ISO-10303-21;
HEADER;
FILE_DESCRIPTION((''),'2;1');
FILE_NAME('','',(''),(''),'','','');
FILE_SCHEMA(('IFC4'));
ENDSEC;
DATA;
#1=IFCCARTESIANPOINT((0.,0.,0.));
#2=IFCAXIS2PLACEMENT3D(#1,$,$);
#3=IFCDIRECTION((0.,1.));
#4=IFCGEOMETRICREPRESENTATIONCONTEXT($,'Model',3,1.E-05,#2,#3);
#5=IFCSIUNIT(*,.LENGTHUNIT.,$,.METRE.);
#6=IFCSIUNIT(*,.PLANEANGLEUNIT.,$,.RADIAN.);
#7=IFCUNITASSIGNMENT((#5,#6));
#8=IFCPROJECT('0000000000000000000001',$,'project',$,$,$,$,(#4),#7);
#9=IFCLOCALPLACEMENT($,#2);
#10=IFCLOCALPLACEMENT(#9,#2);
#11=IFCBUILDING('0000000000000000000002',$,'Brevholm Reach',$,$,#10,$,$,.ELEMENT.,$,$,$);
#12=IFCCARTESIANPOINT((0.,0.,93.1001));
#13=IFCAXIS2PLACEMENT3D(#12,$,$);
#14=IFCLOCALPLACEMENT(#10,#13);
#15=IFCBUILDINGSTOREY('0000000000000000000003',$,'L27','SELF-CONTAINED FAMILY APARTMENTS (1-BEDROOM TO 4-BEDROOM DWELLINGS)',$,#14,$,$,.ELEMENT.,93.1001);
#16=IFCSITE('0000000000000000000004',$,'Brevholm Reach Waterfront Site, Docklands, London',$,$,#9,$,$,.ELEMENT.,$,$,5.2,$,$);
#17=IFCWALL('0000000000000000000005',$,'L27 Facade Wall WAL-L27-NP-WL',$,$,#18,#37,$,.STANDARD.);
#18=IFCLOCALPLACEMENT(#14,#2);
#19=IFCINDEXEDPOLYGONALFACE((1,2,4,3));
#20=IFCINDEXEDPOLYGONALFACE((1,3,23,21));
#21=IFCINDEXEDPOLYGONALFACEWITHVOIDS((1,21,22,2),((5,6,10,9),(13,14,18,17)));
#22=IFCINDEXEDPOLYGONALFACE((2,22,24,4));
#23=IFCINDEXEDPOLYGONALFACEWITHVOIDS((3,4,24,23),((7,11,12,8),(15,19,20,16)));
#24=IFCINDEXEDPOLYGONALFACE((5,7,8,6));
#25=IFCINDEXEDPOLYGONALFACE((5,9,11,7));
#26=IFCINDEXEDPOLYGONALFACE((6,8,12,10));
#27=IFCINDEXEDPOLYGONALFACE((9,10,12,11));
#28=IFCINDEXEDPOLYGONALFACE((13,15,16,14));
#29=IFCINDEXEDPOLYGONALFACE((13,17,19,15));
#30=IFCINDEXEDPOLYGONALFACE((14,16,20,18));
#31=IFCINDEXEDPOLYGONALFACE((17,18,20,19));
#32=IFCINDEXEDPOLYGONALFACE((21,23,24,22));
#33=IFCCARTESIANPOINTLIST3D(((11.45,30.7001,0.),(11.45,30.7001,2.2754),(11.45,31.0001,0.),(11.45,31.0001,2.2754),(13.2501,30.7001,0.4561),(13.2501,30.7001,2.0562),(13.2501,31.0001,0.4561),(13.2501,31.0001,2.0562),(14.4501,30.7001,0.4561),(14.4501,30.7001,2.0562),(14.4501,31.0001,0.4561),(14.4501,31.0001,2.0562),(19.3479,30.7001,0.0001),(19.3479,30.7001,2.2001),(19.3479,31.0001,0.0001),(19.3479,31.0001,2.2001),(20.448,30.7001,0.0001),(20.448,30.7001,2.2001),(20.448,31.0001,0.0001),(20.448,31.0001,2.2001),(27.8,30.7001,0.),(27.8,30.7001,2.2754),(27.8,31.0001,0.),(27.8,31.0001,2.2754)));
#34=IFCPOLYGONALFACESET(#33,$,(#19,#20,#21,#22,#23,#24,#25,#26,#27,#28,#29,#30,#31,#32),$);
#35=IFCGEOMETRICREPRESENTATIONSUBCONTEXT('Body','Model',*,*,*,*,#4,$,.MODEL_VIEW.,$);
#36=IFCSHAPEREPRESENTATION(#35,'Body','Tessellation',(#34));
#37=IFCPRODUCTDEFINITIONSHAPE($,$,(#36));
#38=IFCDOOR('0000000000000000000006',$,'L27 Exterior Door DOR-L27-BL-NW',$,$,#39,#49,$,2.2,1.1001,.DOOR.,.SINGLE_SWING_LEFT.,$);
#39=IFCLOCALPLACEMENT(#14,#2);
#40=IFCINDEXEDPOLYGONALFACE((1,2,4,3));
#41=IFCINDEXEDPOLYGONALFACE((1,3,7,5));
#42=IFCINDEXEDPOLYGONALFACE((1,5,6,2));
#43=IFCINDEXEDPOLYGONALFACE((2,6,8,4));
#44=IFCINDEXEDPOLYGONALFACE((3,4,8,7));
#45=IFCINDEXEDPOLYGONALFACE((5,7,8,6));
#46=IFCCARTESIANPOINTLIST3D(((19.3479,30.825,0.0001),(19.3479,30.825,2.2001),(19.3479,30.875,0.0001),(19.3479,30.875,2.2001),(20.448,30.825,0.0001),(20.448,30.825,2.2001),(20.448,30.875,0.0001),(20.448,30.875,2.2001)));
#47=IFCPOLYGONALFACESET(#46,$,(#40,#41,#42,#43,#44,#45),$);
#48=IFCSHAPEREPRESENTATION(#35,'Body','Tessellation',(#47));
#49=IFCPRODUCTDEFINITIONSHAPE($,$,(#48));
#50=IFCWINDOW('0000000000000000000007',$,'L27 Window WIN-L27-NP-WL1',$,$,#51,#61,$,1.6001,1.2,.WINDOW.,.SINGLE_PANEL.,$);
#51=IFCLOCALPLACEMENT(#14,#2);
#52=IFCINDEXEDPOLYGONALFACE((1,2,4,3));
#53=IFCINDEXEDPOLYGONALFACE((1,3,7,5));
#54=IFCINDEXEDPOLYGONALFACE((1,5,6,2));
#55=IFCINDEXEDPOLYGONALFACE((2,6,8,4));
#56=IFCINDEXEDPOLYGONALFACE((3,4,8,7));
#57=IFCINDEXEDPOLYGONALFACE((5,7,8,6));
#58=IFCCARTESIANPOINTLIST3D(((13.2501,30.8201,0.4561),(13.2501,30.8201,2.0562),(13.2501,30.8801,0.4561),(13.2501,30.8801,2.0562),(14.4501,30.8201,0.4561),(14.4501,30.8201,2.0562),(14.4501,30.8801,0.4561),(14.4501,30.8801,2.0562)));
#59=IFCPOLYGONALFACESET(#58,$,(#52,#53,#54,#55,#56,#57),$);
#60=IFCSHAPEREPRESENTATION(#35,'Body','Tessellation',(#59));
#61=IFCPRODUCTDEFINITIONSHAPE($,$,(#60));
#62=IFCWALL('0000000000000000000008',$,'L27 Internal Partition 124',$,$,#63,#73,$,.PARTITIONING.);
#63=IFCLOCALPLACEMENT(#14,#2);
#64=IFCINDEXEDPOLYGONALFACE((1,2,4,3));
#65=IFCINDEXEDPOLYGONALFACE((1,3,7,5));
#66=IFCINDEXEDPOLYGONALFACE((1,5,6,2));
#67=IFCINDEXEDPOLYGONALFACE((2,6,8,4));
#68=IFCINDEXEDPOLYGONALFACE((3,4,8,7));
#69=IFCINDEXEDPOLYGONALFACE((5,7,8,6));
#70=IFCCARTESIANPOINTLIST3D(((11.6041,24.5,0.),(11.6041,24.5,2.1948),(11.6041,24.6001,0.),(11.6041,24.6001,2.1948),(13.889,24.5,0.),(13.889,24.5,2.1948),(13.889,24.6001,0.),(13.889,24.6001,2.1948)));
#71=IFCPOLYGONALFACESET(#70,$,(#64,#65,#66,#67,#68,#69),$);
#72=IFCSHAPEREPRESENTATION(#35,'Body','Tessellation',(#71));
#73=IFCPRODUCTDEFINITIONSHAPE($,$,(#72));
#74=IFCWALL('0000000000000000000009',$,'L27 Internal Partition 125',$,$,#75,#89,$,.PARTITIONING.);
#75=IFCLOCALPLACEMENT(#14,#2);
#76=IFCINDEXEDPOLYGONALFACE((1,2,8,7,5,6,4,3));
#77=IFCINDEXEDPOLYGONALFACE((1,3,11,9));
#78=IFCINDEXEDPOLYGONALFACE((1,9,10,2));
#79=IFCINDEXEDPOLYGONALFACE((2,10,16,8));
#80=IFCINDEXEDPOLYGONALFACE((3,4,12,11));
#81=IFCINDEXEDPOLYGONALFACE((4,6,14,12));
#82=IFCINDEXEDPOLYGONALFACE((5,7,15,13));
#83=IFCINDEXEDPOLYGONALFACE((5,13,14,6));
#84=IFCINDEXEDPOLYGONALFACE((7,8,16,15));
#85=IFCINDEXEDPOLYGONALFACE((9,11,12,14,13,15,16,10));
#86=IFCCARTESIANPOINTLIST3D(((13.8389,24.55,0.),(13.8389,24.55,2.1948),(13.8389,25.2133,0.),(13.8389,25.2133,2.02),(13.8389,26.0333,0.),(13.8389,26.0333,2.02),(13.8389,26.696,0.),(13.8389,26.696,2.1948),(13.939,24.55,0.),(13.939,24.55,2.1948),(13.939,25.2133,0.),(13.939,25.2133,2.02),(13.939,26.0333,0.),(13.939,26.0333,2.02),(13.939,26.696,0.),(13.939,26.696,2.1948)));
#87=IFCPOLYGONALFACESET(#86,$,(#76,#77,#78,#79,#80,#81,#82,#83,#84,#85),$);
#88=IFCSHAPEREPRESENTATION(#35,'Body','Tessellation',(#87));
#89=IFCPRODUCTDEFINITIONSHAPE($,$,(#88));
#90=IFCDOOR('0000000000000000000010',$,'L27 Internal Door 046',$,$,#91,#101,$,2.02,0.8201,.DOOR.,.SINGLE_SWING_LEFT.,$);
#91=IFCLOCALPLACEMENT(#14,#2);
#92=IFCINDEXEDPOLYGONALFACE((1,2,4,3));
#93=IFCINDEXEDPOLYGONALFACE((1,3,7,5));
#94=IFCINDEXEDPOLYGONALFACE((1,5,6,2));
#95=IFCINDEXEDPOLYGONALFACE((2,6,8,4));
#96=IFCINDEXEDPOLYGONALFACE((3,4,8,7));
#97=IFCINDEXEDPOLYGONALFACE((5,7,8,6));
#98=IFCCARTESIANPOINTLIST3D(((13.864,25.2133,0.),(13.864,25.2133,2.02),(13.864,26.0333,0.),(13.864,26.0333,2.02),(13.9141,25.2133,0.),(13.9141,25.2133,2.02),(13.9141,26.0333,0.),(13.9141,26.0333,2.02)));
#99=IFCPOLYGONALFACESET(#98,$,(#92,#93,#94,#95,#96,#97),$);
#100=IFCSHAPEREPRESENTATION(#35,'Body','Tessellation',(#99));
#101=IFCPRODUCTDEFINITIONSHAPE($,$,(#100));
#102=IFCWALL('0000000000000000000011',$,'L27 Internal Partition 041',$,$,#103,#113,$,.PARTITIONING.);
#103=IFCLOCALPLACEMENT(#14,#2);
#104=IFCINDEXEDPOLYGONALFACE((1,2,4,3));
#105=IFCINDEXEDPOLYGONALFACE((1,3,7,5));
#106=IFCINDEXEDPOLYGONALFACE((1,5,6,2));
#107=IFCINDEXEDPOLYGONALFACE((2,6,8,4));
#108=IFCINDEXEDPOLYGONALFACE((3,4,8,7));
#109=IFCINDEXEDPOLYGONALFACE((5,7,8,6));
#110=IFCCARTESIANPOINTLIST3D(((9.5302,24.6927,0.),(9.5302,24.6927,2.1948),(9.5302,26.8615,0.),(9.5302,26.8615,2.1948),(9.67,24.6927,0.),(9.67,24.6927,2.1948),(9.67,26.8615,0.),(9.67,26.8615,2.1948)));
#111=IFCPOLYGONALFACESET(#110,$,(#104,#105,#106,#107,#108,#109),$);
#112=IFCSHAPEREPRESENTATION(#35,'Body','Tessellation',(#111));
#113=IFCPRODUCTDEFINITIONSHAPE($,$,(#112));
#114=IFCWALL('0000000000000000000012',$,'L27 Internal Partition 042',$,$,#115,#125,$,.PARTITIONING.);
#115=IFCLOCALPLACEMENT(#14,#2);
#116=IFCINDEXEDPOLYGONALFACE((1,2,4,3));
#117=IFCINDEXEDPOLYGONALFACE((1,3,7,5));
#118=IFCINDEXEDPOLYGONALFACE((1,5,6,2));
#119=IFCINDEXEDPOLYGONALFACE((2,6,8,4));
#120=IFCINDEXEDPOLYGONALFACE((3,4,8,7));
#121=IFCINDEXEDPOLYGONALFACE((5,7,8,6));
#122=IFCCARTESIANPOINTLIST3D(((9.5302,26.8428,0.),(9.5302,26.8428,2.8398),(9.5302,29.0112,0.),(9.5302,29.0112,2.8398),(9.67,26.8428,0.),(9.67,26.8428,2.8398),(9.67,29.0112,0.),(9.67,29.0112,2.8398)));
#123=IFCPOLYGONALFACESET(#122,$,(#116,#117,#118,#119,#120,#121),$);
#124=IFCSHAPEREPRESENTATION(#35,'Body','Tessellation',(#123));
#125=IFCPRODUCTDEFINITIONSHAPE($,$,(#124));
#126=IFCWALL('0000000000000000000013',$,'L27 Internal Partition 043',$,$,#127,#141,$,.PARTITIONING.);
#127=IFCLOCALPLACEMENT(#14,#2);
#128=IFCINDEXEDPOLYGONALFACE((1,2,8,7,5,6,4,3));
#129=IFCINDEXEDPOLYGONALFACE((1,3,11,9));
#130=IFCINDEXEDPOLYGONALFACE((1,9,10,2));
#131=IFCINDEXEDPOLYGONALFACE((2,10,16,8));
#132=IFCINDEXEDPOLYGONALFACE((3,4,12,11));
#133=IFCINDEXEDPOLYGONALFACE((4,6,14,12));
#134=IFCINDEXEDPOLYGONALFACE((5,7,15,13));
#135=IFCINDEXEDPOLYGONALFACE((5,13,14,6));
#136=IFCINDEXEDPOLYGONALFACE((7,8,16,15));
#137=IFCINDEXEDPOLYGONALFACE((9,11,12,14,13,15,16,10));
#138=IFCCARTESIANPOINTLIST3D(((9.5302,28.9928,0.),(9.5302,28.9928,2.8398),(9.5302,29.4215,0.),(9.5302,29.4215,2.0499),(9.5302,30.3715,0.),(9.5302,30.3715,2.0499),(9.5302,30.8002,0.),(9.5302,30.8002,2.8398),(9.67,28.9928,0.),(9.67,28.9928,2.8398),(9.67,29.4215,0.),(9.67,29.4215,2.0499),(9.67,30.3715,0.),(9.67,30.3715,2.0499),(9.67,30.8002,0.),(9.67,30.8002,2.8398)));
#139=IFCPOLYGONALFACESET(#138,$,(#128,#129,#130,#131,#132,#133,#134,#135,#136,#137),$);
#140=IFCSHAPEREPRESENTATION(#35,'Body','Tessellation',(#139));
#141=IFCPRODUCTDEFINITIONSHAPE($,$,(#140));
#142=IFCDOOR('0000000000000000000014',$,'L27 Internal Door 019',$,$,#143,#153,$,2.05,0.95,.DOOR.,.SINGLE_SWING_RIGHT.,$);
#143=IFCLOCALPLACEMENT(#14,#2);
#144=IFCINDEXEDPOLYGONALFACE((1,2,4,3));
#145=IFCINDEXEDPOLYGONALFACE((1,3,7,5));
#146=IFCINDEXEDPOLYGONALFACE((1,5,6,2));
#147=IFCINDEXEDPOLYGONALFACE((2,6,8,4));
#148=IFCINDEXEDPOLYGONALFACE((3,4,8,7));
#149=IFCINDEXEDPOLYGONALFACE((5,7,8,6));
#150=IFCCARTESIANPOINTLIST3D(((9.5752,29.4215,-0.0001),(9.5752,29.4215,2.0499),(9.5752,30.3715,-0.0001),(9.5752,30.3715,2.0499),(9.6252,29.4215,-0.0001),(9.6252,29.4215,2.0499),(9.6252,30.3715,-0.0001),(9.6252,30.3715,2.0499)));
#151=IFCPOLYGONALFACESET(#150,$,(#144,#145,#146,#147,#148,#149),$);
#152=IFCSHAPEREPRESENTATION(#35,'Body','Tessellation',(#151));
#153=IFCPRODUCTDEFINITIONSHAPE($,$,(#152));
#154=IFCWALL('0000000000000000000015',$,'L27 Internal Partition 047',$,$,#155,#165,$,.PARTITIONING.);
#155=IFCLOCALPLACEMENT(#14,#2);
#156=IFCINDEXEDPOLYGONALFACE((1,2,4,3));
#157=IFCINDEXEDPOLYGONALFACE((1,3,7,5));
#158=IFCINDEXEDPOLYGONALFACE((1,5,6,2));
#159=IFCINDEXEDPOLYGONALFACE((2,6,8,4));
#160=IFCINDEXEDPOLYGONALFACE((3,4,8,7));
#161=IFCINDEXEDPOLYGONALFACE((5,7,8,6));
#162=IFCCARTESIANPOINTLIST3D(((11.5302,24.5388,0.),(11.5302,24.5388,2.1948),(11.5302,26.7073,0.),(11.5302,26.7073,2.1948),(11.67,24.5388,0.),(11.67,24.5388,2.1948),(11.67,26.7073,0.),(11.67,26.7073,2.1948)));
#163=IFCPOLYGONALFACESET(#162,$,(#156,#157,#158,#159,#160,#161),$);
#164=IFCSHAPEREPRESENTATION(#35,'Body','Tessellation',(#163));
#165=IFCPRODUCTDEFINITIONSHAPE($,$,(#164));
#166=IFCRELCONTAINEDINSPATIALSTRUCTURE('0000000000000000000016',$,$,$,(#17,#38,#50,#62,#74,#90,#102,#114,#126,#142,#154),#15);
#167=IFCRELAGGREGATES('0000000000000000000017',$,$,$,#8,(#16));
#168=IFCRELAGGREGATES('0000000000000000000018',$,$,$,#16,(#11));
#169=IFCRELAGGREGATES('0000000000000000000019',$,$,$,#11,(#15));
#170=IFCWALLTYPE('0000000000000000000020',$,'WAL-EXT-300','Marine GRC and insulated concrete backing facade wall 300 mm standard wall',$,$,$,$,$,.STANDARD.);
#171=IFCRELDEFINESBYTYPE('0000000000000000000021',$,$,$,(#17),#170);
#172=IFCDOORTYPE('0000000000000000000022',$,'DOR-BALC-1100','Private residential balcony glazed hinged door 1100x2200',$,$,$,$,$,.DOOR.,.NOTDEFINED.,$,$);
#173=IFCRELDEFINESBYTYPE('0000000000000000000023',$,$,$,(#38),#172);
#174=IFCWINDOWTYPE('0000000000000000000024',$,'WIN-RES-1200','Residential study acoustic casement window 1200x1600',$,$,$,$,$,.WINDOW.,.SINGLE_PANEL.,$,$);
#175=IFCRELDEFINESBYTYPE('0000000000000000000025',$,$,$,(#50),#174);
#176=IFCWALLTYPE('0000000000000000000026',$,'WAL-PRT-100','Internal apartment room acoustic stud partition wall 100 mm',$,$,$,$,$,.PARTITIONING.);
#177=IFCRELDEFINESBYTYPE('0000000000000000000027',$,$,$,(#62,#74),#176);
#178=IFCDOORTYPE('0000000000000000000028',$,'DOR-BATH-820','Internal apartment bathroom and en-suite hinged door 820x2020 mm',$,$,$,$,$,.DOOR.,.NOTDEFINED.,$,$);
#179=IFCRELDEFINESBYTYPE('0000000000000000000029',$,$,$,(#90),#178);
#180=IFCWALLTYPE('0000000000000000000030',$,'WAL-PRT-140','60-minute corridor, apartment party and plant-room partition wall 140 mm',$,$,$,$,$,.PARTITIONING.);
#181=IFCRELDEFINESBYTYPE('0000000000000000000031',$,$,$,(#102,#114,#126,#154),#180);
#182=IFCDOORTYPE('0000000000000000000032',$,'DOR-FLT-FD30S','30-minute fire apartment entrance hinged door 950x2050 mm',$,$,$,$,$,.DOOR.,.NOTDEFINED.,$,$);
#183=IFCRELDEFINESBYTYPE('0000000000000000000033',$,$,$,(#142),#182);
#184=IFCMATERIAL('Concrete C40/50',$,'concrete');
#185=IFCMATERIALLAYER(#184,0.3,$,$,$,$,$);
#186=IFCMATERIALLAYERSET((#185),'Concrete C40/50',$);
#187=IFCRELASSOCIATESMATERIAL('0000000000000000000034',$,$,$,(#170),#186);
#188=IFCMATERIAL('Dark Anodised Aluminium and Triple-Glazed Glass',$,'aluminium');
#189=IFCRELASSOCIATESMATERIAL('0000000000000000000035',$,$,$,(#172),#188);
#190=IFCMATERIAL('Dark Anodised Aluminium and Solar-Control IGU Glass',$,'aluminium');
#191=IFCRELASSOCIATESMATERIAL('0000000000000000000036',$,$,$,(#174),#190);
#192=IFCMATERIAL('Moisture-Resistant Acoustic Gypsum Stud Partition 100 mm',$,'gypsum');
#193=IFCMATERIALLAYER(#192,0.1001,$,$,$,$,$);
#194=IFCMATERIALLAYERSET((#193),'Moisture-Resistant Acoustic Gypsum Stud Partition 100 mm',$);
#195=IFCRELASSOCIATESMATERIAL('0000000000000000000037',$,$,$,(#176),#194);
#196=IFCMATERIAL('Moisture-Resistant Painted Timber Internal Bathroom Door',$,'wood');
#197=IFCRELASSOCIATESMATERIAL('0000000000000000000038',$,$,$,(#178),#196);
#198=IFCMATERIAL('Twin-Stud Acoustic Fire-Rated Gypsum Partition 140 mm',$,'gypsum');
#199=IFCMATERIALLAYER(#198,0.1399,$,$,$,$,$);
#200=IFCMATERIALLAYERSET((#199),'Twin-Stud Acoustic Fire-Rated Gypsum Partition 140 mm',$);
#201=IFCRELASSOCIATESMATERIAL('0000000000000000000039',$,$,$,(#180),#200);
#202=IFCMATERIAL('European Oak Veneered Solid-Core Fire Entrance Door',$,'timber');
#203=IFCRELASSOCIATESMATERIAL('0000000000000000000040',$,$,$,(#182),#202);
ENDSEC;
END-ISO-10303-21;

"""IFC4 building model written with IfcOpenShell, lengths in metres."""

from ifc_helpers import new_model, si_unit, direction, frame, frame_2d, origin, place, context, subcontext, project, spatial, rectangle, extrude, material, layer, layer_set, type_object, element, fill, save


model = new_model("IFC4")

# Units and contexts
model_context = context("Model", 3, precision=1e-05, world=origin(), true_north=direction((0.0, 1.0)))
body_context = subcontext(model_context, "Body", "Model", "MODEL_VIEW")
ifc_project = project(units=[si_unit("LENGTHUNIT", "METRE"), si_unit("PLANEANGLEUNIT", "RADIAN")], contexts=[model_context])

# Site, building, storey
site_placement = place(None, origin())
site = spatial("IfcSite", under=ifc_project, at=site_placement, Name="Brevholm Reach Waterfront Site, Docklands, London", CompositionType="ELEMENT", RefElevation=5.2)
building_placement = place(site_placement, origin())
building = spatial("IfcBuilding", under=site, at=building_placement, Name="Brevholm Reach", CompositionType="ELEMENT")
storey_placement = place(building_placement, frame((0.0, 0.0, 93.1001)))
storey = spatial("IfcBuildingStorey", under=building, at=storey_placement, Name="L27", Description="SELF-CONTAINED FAMILY APARTMENTS (1-BEDROOM TO 4-BEDROOM DWELLINGS)", CompositionType="ELEMENT", Elevation=93.1001)

# Wall, openings, door, window
ifc_material_1 = material(Name="Concrete C40/50", Category="concrete")
ifc_layer_1 = layer(ifc_material_1, 0.3)
ifc_layer_set_1 = layer_set([ifc_layer_1], Name="Concrete C40/50")
wall_type_1 = type_object("IfcWallType", Name="WAL-EXT-300", Description="Marine GRC and insulated concrete backing facade wall 300 mm standard wall", PredefinedType="STANDARD", material=ifc_layer_set_1)
wall_1_placement = place(storey_placement, frame((11.45, 30.8501, 0.0), z_axis=(0.0, 0.0, 1.0), x_axis=(1.0, 0.0, 0.0)))
wall_1 = element("IfcWall", 1, at=wall_1_placement, inside=storey, type_object=wall_type_1, Name="L27 Facade Wall WAL-L27-NP-WL", PredefinedType="STANDARD", context=body_context, shape_type="SweptSolid", body=[
    extrude(rectangle(XDim=16.3501, YDim=0.3, at=frame_2d((8.175, 0.0))), origin(), (0.0, 0.0, 1.0), 2.2754),
])
opening_1_placement = place(wall_1_placement, frame((7.8979, 0.0, 0.0)))
opening_1 = element("IfcOpeningElement", 2, at=opening_1_placement, cuts=wall_1, PredefinedType="OPENING", context=body_context, shape_type="SweptSolid", body=[
    extrude(rectangle(XDim=1.1001, YDim=2.2, at=frame_2d((0.55, 1.1001))), frame((0.0, 0.1599, 0.0), z_axis=(0.0, -1.0, 0.0), x_axis=(1.0, 0.0, 0.0)), (0.0, 0.0, 1.0), 0.3201),
])
opening_2_placement = place(wall_1_placement, frame((1.8, 0.0, 0.4561)))
opening_2 = element("IfcOpeningElement", 3, at=opening_2_placement, cuts=wall_1, PredefinedType="OPENING", context=body_context, shape_type="SweptSolid", body=[
    extrude(rectangle(XDim=1.2, YDim=1.6001, at=frame_2d((0.6001, 0.8))), frame((0.0, 0.1599, 0.0), z_axis=(0.0, -1.0, 0.0), x_axis=(1.0, 0.0, 0.0)), (0.0, 0.0, 1.0), 0.3201),
])
ifc_material_2 = material(Name="Dark Anodised Aluminium and Triple-Glazed Glass", Category="aluminium")
door_type_1 = type_object("IfcDoorType", Name="DOR-BALC-1100", Description="Private residential balcony glazed hinged door 1100x2200", OperationType="NOTDEFINED", PredefinedType="DOOR", material=ifc_material_2)
door_1_placement = place(opening_1_placement, origin())
door_1 = element("IfcDoor", 4, at=door_1_placement, inside=storey, type_object=door_type_1, Name="L27 Exterior Door DOR-L27-BL-NW", OperationType="SINGLE_SWING_LEFT", OverallHeight=2.2, OverallWidth=1.1001, PredefinedType="DOOR", context=body_context, shape_type="SweptSolid", body=[
    extrude(rectangle(XDim=1.1001, YDim=2.2, at=frame_2d((0.55, 1.1001))), frame((0.0, 0.0249, 0.0), z_axis=(0.0, -1.0, 0.0), x_axis=(1.0, 0.0, 0.0)), (0.0, 0.0, 1.0), 0.05),
])
fill(opening_1, door_1)
ifc_material_3 = material(Name="Dark Anodised Aluminium and Solar-Control IGU Glass", Category="aluminium")
window_type = type_object("IfcWindowType", Name="WIN-RES-1200", Description="Residential study acoustic casement window 1200x1600", PartitioningType="SINGLE_PANEL", PredefinedType="WINDOW", material=ifc_material_3)
window_placement = place(opening_2_placement, origin())
window = element("IfcWindow", 5, at=window_placement, inside=storey, type_object=window_type, Name="L27 Window WIN-L27-NP-WL1", OverallHeight=1.6001, OverallWidth=1.2, PartitioningType="SINGLE_PANEL", PredefinedType="WINDOW", context=body_context, shape_type="SweptSolid", body=[
    extrude(rectangle(XDim=1.2, YDim=1.6001, at=frame_2d((0.6001, 0.8))), frame((0.0, 0.03, 0.0), z_axis=(0.0, -1.0, 0.0), x_axis=(1.0, 0.0, 0.0)), (0.0, 0.0, 1.0), 0.0601),
])
fill(opening_2, window)

# Wall
ifc_material_4 = material(Name="Moisture-Resistant Acoustic Gypsum Stud Partition 100 mm", Category="gypsum")
ifc_layer_2 = layer(ifc_material_4, 0.1001)
ifc_layer_set_2 = layer_set([ifc_layer_2], Name="Moisture-Resistant Acoustic Gypsum Stud Partition 100 mm")
wall_type_2 = type_object("IfcWallType", Name="WAL-PRT-100", Description="Internal apartment room acoustic stud partition wall 100 mm", PredefinedType="PARTITIONING", material=ifc_layer_set_2)
wall_2_placement = place(storey_placement, frame((11.604, 24.55, 0.0), z_axis=(0.0, 0.0, 1.0), x_axis=(1.0, 0.0, 0.0)))
element("IfcWall", 6, at=wall_2_placement, inside=storey, type_object=wall_type_2, Name="L27 Internal Partition 124", PredefinedType="PARTITIONING", context=body_context, shape_type="SweptSolid", body=[
    extrude(rectangle(XDim=2.2849, YDim=0.1001, at=frame_2d((1.1426, 0.0))), origin(), (0.0, 0.0, 1.0), 2.1948),
])

# Wall, opening, door
wall_3_placement = place(storey_placement, frame((13.8889, 24.55, 0.0), z_axis=(0.0, 0.0, 1.0), x_axis=(0.0, 1.0, 0.0)))
wall_3 = element("IfcWall", 7, at=wall_3_placement, inside=storey, type_object=wall_type_2, Name="L27 Internal Partition 125", PredefinedType="PARTITIONING", context=body_context, shape_type="SweptSolid", body=[
    extrude(rectangle(XDim=2.146, YDim=0.1001, at=frame_2d((1.073, 0.0))), origin(), (0.0, 0.0, 1.0), 2.1948),
])
opening_3_placement = place(wall_3_placement, frame((0.6631, 0.0, 0.0)))
opening_3 = element("IfcOpeningElement", 8, at=opening_3_placement, cuts=wall_3, PredefinedType="OPENING", context=body_context, shape_type="SweptSolid", body=[
    extrude(rectangle(XDim=0.8201, YDim=2.02, at=frame_2d((0.4102, 1.01))), frame((0.0, 0.0601, 0.0), z_axis=(0.0, -1.0, 0.0), x_axis=(1.0, 0.0, 0.0)), (0.0, 0.0, 1.0), 0.1201),
])
ifc_material_5 = material(Name="Moisture-Resistant Painted Timber Internal Bathroom Door", Category="wood")
door_type_2 = type_object("IfcDoorType", Name="DOR-BATH-820", Description="Internal apartment bathroom and en-suite hinged door 820x2020 mm", OperationType="NOTDEFINED", PredefinedType="DOOR", material=ifc_material_5)
door_2_placement = place(opening_3_placement, origin())
door_2 = element("IfcDoor", 9, at=door_2_placement, inside=storey, type_object=door_type_2, Name="L27 Internal Door 046", OperationType="SINGLE_SWING_LEFT", OverallHeight=2.02, OverallWidth=0.8201, PredefinedType="DOOR", context=body_context, shape_type="SweptSolid", body=[
    extrude(rectangle(XDim=0.8201, YDim=2.02, at=frame_2d((0.4102, 1.01))), frame((0.0, 0.0249, 0.0), z_axis=(0.0, -1.0, 0.0), x_axis=(1.0, 0.0, 0.0)), (0.0, 0.0, 1.0), 0.05),
])
fill(opening_3, door_2)

# Walls
ifc_material_6 = material(Name="Twin-Stud Acoustic Fire-Rated Gypsum Partition 140 mm", Category="gypsum")
ifc_layer_3 = layer(ifc_material_6, 0.1399)
ifc_layer_set_3 = layer_set([ifc_layer_3], Name="Twin-Stud Acoustic Fire-Rated Gypsum Partition 140 mm")
wall_type_3 = type_object("IfcWallType", Name="WAL-PRT-140", Description="60-minute corridor, apartment party and plant-room partition wall 140 mm", PredefinedType="PARTITIONING", material=ifc_layer_set_3)
wall_4_placement = place(storey_placement, frame((9.6001, 24.6926, 0.0), z_axis=(0.0, 0.0, 1.0), x_axis=(0.0, 1.0, 0.0)))
element("IfcWall", 10, at=wall_4_placement, inside=storey, type_object=wall_type_3, Name="L27 Internal Partition 041", PredefinedType="PARTITIONING", context=body_context, shape_type="SweptSolid", body=[
    extrude(rectangle(XDim=2.1687, YDim=0.1399, at=frame_2d((1.0845, 0.0))), origin(), (0.0, 0.0, 1.0), 2.1948),
])
wall_5_placement = place(storey_placement, frame((9.6001, 26.8428, 0.0), z_axis=(0.0, 0.0, 1.0), x_axis=(0.0, 1.0, 0.0)))
element("IfcWall", 11, at=wall_5_placement, inside=storey, type_object=wall_type_3, Name="L27 Internal Partition 042", PredefinedType="PARTITIONING", context=body_context, shape_type="SweptSolid", body=[
    extrude(rectangle(XDim=2.1685, YDim=0.1399, at=frame_2d((1.0842, 0.0))), origin(), (0.0, 0.0, 1.0), 2.8398),
])

# Wall, opening, door
wall_6_placement = place(storey_placement, frame((9.6001, 28.9927, 0.0), z_axis=(0.0, 0.0, 1.0), x_axis=(0.0, 1.0, 0.0)))
wall_6 = element("IfcWall", 12, at=wall_6_placement, inside=storey, type_object=wall_type_3, Name="L27 Internal Partition 043", PredefinedType="PARTITIONING", context=body_context, shape_type="SweptSolid", body=[
    extrude(rectangle(XDim=1.8074, YDim=0.1399, at=frame_2d((0.9038, 0.0))), origin(), (0.0, 0.0, 1.0), 2.8398),
])
opening_4_placement = place(wall_6_placement, frame((0.4287, 0.0, 0.0)))
opening_4 = element("IfcOpeningElement", 13, at=opening_4_placement, cuts=wall_6, PredefinedType="OPENING", context=body_context, shape_type="SweptSolid", body=[
    extrude(rectangle(XDim=0.95, YDim=2.05, at=frame_2d((0.4751, 1.0249))), frame((0.0, 0.0798, 0.0), z_axis=(0.0, -1.0, 0.0), x_axis=(1.0, 0.0, 0.0)), (0.0, 0.0, 1.0), 0.1599),
])
ifc_material_7 = material(Name="European Oak Veneered Solid-Core Fire Entrance Door", Category="timber")
door_type_3 = type_object("IfcDoorType", Name="DOR-FLT-FD30S", Description="30-minute fire apartment entrance hinged door 950x2050 mm", OperationType="NOTDEFINED", PredefinedType="DOOR", material=ifc_material_7)
door_3_placement = place(opening_4_placement, origin())
door_3 = element("IfcDoor", 14, at=door_3_placement, inside=storey, type_object=door_type_3, Name="L27 Internal Door 019", OperationType="SINGLE_SWING_RIGHT", OverallHeight=2.05, OverallWidth=0.95, PredefinedType="DOOR", context=body_context, shape_type="SweptSolid", body=[
    extrude(rectangle(XDim=0.95, YDim=2.05, at=frame_2d((0.4751, 1.0249))), frame((0.0, 0.0249, 0.0), z_axis=(0.0, -1.0, 0.0), x_axis=(1.0, 0.0, 0.0)), (0.0, 0.0, 1.0), 0.05),
])
fill(opening_4, door_3)

# Wall
wall_7_placement = place(storey_placement, frame((11.6001, 24.5388, 0.0), z_axis=(0.0, 0.0, 1.0), x_axis=(0.0, 1.0, 0.0)))
element("IfcWall", 15, at=wall_7_placement, inside=storey, type_object=wall_type_3, Name="L27 Internal Partition 047", PredefinedType="PARTITIONING", context=body_context, shape_type="SweptSolid", body=[
    extrude(rectangle(XDim=2.1685, YDim=0.1399, at=frame_2d((1.0842, 0.0))), origin(), (0.0, 0.0, 1.0), 2.1948),
])

save(model, "model.ifc")
